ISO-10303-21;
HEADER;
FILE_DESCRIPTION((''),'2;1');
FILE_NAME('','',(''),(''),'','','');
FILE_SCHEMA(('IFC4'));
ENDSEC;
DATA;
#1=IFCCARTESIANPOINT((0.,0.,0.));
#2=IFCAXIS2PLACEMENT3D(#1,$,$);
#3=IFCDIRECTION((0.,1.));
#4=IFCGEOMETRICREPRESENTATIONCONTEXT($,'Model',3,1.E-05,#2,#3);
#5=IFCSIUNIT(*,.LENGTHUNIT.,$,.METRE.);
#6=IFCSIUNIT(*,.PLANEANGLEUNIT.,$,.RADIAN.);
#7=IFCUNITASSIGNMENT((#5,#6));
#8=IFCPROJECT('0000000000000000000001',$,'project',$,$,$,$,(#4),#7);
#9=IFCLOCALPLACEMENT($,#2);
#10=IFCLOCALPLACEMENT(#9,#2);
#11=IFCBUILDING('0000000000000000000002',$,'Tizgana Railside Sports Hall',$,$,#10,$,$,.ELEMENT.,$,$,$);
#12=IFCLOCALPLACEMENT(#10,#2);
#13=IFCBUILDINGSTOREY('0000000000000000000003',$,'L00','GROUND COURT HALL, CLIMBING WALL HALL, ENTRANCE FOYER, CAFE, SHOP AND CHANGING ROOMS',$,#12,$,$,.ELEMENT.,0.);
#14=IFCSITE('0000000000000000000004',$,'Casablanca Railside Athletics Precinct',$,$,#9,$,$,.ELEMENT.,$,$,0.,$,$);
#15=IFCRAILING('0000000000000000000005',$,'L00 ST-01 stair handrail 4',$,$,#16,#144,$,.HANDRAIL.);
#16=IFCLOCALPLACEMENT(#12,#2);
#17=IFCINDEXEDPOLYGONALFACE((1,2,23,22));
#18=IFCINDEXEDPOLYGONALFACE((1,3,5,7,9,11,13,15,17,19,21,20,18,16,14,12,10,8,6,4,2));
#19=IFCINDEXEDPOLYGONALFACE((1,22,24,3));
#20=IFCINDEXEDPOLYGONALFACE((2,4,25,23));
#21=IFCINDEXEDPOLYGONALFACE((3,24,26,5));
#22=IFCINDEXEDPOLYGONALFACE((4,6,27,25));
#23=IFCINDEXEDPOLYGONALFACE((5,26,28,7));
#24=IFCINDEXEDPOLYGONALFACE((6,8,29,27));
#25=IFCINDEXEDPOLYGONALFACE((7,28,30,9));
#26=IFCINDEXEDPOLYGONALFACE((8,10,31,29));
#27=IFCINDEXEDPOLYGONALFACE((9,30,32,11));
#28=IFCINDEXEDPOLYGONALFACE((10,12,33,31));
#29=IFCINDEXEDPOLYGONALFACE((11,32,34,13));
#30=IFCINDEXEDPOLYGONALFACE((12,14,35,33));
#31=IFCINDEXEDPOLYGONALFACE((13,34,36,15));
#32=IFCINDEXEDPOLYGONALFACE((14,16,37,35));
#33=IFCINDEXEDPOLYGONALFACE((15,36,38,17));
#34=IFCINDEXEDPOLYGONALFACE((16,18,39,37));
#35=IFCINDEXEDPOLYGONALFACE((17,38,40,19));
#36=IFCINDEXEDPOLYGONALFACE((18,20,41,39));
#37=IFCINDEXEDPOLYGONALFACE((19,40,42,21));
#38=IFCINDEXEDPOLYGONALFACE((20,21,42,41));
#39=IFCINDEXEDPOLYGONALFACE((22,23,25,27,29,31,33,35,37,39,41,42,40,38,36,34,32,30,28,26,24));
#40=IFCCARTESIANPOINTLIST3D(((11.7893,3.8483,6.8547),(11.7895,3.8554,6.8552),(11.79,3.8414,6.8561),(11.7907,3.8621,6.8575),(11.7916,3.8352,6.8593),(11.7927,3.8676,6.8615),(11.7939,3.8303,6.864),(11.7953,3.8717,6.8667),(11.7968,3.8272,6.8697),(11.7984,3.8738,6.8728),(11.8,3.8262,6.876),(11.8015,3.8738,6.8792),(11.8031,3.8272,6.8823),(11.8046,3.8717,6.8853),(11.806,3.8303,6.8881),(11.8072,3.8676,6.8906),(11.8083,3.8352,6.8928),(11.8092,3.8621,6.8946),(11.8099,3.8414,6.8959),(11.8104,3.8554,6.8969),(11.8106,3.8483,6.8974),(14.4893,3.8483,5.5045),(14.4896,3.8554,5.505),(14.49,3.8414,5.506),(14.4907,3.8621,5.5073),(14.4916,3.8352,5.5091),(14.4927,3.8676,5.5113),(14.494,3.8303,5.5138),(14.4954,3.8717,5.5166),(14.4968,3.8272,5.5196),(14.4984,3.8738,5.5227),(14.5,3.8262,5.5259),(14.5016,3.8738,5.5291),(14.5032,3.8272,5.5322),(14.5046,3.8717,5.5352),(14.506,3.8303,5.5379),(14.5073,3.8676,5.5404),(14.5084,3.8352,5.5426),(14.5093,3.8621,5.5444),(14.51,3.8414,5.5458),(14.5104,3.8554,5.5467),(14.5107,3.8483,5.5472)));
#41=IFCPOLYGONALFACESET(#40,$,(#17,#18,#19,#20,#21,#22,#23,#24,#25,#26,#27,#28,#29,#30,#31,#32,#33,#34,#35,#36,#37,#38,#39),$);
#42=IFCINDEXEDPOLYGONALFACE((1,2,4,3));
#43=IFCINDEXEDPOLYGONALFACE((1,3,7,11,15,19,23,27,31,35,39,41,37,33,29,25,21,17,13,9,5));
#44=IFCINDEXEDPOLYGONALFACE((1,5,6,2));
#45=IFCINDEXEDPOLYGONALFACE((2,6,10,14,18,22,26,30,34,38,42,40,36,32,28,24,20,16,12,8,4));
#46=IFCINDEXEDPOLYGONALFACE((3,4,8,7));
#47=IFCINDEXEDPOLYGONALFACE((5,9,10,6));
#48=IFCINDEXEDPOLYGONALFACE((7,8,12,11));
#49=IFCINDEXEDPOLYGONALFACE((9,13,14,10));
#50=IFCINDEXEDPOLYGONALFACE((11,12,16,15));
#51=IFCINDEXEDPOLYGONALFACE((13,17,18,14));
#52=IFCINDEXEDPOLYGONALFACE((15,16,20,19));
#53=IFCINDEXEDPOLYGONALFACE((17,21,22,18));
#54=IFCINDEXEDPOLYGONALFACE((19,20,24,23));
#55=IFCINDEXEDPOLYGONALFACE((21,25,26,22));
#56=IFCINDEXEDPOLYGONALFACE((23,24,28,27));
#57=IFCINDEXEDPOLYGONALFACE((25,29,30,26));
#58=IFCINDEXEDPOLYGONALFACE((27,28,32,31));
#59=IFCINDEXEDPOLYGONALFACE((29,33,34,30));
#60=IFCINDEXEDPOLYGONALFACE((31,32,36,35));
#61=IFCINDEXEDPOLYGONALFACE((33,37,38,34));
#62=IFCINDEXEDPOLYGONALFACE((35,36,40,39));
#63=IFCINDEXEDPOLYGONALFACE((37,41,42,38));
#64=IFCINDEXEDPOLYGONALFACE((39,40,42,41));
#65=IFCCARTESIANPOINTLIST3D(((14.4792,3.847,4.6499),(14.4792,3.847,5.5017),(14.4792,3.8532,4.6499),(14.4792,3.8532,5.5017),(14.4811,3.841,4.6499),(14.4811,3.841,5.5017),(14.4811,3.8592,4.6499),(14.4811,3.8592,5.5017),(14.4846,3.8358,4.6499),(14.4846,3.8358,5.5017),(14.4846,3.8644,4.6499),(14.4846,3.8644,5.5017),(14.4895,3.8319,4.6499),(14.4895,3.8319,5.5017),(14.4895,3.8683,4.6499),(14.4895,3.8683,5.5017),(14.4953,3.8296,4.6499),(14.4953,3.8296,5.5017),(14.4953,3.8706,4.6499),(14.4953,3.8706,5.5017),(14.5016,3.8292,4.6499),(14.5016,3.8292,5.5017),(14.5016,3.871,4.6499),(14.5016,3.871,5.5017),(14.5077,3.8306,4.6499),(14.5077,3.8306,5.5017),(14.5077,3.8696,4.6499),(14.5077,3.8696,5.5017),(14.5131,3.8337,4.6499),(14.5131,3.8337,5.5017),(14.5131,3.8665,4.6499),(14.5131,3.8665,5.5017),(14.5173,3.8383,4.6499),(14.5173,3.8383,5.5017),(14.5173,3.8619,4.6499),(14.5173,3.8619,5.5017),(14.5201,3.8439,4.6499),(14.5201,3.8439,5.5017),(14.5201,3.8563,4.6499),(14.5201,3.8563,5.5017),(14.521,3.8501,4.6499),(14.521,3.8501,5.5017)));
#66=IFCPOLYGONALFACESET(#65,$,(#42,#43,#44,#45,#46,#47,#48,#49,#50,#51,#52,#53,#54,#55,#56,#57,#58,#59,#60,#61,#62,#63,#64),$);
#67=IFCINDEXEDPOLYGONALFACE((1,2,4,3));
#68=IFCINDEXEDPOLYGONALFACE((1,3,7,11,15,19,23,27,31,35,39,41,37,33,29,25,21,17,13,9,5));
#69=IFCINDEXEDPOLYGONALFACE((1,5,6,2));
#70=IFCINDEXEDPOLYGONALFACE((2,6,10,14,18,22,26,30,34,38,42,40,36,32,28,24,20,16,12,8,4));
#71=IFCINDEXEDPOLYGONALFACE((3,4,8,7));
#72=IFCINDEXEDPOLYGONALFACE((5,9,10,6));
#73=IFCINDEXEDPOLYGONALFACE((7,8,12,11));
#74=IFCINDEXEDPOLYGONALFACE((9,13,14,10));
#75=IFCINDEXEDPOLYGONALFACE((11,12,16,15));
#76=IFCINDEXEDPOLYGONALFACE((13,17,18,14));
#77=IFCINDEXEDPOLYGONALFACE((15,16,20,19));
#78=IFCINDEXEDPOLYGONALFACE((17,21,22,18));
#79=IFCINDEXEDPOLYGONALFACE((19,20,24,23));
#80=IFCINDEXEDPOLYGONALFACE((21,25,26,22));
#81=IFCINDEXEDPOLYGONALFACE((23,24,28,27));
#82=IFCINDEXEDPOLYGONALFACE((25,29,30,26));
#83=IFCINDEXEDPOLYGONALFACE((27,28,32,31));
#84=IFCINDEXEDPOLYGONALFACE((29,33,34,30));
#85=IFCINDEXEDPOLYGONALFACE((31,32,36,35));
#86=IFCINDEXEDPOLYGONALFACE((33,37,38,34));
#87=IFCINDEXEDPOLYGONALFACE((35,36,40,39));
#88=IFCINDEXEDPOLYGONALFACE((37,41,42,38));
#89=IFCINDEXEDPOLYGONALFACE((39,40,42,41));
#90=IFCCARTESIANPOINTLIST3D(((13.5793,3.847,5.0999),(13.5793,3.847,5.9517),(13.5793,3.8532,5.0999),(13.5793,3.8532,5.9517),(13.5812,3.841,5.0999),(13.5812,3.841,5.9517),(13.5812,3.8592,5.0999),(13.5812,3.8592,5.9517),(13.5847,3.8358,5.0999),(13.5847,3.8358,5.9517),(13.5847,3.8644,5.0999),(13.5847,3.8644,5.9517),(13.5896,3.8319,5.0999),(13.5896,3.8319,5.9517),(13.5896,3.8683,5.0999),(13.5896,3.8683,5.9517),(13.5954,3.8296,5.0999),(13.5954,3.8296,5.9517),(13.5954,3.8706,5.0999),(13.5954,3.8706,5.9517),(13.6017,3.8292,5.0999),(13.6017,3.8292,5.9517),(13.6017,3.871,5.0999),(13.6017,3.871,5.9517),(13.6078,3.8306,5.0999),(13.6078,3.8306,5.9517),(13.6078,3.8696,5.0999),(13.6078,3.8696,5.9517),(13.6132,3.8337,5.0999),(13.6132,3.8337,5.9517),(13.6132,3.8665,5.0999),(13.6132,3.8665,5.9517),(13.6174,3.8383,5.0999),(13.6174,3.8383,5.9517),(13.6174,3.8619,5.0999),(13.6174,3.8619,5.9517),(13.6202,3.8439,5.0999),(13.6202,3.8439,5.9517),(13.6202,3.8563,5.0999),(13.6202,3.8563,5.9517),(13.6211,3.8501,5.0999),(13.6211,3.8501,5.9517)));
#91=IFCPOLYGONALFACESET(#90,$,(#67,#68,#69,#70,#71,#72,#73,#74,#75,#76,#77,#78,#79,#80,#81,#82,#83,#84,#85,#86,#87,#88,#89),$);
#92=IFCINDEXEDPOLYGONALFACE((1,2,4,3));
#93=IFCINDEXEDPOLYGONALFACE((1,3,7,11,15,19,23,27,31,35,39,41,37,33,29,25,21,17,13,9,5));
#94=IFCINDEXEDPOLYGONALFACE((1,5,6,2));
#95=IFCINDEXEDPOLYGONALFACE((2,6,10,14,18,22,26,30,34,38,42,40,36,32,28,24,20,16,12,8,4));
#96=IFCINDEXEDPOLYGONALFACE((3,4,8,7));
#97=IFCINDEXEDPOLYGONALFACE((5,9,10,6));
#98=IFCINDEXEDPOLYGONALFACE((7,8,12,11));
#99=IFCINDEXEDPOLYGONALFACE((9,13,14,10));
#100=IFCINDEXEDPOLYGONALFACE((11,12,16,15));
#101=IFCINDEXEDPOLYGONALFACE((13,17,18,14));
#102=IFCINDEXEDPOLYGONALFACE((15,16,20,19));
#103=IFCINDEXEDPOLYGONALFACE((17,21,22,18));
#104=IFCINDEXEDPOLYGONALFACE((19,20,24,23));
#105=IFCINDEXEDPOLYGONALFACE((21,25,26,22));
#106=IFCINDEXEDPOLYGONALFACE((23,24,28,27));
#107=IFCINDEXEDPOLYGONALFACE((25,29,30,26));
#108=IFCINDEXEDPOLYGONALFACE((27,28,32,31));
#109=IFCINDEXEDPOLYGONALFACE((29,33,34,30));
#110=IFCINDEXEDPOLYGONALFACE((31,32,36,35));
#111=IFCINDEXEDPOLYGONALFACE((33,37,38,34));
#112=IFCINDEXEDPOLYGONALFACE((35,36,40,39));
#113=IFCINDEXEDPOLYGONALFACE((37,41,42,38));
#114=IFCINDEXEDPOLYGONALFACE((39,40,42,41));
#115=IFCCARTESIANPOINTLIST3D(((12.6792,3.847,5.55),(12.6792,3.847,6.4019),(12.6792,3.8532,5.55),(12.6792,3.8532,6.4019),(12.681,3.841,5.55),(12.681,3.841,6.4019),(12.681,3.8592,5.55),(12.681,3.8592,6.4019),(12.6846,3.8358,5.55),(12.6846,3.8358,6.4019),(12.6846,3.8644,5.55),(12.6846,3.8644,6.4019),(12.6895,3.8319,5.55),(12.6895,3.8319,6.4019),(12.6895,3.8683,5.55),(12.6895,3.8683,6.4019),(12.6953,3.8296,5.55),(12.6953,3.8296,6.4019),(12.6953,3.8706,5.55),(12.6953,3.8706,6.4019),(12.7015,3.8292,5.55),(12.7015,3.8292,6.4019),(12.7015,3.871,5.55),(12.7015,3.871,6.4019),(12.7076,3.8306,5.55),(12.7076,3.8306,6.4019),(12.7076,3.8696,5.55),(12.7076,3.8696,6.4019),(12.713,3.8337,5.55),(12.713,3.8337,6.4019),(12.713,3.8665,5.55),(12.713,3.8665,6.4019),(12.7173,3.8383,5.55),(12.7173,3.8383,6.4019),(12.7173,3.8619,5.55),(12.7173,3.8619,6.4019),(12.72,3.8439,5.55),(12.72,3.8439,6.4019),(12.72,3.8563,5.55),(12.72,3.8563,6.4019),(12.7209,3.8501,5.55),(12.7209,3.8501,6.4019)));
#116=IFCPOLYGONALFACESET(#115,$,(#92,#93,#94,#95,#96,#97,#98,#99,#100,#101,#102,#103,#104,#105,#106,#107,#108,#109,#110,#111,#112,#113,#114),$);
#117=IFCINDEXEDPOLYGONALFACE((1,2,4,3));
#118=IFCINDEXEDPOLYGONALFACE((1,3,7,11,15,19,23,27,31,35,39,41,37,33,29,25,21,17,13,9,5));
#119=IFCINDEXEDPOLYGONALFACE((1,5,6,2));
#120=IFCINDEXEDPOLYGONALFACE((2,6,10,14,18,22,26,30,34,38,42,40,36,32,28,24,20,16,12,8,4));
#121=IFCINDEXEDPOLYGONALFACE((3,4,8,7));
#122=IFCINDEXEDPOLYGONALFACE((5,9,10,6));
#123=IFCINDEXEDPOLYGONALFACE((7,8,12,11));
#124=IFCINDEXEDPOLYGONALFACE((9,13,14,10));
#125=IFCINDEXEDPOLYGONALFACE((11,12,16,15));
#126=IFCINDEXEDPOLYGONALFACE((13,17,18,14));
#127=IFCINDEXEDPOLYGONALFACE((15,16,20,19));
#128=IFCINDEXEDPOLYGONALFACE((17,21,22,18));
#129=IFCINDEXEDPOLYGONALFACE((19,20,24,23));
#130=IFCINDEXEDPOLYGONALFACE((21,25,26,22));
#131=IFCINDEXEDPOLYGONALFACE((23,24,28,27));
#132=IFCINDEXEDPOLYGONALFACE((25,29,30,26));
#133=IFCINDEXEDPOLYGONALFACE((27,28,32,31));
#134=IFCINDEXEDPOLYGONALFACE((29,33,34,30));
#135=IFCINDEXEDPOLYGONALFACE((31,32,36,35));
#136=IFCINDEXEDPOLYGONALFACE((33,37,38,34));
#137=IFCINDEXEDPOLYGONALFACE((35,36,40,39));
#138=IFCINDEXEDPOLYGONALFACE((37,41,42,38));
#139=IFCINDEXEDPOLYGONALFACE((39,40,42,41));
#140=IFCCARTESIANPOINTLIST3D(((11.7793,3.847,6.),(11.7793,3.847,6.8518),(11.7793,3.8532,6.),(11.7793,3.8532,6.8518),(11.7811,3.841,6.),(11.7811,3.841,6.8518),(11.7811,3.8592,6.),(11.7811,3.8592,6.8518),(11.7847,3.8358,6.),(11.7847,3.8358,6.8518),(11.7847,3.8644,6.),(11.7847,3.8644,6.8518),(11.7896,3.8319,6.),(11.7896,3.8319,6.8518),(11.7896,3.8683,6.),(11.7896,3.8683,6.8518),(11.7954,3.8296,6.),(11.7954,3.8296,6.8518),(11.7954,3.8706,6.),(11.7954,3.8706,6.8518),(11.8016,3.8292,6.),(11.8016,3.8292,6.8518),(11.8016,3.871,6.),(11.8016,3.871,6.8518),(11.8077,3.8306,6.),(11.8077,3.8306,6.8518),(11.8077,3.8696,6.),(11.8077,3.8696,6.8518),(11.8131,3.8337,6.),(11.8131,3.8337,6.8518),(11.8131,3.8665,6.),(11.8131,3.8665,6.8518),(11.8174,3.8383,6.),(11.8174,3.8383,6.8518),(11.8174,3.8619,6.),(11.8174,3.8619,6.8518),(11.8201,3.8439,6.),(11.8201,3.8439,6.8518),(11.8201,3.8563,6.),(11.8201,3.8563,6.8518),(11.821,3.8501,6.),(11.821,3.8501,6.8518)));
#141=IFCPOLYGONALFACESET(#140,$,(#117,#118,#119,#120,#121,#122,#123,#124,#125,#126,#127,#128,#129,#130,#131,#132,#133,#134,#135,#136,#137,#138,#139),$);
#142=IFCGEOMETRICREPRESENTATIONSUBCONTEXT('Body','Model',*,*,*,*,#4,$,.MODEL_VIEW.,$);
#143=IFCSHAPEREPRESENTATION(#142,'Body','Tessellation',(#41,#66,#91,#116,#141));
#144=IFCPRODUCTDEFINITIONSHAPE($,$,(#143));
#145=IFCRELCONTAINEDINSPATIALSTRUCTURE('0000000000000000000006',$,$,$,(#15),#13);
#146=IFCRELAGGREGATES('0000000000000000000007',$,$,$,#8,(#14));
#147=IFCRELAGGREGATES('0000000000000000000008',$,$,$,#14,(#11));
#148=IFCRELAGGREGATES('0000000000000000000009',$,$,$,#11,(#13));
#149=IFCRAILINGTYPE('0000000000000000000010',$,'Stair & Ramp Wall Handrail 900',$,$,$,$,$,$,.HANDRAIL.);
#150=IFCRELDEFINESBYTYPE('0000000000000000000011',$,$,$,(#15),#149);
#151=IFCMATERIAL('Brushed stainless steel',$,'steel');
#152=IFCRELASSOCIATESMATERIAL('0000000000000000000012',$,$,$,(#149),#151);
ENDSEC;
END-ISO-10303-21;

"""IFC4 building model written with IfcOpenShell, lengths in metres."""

from ifc_helpers import new_model, si_unit, direction, frame, origin, origin_2d, place, context, subcontext, project, spatial, circle, extrude, material, type_object, element, save


model = new_model("IFC4")

# Units and contexts
model_context = context("Model", 3, precision=1e-05, world=origin(), true_north=direction((0.0, 1.0)))
body_context = subcontext(model_context, "Body", "Model", "MODEL_VIEW")
ifc_project = project(units=[si_unit("LENGTHUNIT", "METRE"), si_unit("PLANEANGLEUNIT", "RADIAN")], contexts=[model_context])

# Site, building, storey
site_placement = place(None, origin())
site = spatial("IfcSite", under=ifc_project, at=site_placement, Name="Casablanca Railside Athletics Precinct", CompositionType="ELEMENT", RefElevation=0.0)
building_placement = place(site_placement, origin())
building = spatial("IfcBuilding", under=site, at=building_placement, Name="Tizgana Railside Sports Hall", CompositionType="ELEMENT")
storey_placement = place(building_placement, origin())
storey = spatial("IfcBuildingStorey", under=building, at=storey_placement, Name="L00", Description="GROUND COURT HALL, CLIMBING WALL HALL, ENTRANCE FOYER, CAFE, SHOP AND CHANGING ROOMS", CompositionType="ELEMENT", Elevation=0.0)

# Railing
ifc_material_1 = material(Name="Brushed stainless steel", Category="steel")
railing_type_1 = type_object("IfcRailingType", Name="Stair & Ramp Wall Handrail 900", PredefinedType="HANDRAIL", material=ifc_material_1)
railing_1_placement = place(storey_placement, frame((14.5, 3.8501, 4.6499)))
element("IfcRailing", 1, at=railing_1_placement, inside=storey, type_object=railing_type_1, Name="L00 ST-01 stair handrail 4", PredefinedType="HANDRAIL", context=body_context, shape_type="SweptSolid", body=[
    extrude(circle(Radius=0.0239, at=origin_2d()), frame((0.0, 0.0, 0.876), z_axis=(-0.894411, 0.0, 0.447246), x_axis=(0.0, -1.0, 0.0)), (0.0, 0.0, 1.0), 3.0188),
    extrude(circle(Radius=0.021, at=origin_2d()), origin(), (0.0, 0.0, 1.0), 0.8518),
    extrude(circle(Radius=0.021, at=origin_2d()), frame((-0.8999, 0.0, 0.45)), (0.0, 0.0, 1.0), 0.8518),
    extrude(circle(Radius=0.021, at=origin_2d()), frame((-1.8, 0.0, 0.9001)), (0.0, 0.0, 1.0), 0.8518),
    extrude(circle(Radius=0.021, at=origin_2d()), frame((-2.7, 0.0, 1.3501)), (0.0, 0.0, 1.0), 0.8518),
])

save(model, "model.ifc")
